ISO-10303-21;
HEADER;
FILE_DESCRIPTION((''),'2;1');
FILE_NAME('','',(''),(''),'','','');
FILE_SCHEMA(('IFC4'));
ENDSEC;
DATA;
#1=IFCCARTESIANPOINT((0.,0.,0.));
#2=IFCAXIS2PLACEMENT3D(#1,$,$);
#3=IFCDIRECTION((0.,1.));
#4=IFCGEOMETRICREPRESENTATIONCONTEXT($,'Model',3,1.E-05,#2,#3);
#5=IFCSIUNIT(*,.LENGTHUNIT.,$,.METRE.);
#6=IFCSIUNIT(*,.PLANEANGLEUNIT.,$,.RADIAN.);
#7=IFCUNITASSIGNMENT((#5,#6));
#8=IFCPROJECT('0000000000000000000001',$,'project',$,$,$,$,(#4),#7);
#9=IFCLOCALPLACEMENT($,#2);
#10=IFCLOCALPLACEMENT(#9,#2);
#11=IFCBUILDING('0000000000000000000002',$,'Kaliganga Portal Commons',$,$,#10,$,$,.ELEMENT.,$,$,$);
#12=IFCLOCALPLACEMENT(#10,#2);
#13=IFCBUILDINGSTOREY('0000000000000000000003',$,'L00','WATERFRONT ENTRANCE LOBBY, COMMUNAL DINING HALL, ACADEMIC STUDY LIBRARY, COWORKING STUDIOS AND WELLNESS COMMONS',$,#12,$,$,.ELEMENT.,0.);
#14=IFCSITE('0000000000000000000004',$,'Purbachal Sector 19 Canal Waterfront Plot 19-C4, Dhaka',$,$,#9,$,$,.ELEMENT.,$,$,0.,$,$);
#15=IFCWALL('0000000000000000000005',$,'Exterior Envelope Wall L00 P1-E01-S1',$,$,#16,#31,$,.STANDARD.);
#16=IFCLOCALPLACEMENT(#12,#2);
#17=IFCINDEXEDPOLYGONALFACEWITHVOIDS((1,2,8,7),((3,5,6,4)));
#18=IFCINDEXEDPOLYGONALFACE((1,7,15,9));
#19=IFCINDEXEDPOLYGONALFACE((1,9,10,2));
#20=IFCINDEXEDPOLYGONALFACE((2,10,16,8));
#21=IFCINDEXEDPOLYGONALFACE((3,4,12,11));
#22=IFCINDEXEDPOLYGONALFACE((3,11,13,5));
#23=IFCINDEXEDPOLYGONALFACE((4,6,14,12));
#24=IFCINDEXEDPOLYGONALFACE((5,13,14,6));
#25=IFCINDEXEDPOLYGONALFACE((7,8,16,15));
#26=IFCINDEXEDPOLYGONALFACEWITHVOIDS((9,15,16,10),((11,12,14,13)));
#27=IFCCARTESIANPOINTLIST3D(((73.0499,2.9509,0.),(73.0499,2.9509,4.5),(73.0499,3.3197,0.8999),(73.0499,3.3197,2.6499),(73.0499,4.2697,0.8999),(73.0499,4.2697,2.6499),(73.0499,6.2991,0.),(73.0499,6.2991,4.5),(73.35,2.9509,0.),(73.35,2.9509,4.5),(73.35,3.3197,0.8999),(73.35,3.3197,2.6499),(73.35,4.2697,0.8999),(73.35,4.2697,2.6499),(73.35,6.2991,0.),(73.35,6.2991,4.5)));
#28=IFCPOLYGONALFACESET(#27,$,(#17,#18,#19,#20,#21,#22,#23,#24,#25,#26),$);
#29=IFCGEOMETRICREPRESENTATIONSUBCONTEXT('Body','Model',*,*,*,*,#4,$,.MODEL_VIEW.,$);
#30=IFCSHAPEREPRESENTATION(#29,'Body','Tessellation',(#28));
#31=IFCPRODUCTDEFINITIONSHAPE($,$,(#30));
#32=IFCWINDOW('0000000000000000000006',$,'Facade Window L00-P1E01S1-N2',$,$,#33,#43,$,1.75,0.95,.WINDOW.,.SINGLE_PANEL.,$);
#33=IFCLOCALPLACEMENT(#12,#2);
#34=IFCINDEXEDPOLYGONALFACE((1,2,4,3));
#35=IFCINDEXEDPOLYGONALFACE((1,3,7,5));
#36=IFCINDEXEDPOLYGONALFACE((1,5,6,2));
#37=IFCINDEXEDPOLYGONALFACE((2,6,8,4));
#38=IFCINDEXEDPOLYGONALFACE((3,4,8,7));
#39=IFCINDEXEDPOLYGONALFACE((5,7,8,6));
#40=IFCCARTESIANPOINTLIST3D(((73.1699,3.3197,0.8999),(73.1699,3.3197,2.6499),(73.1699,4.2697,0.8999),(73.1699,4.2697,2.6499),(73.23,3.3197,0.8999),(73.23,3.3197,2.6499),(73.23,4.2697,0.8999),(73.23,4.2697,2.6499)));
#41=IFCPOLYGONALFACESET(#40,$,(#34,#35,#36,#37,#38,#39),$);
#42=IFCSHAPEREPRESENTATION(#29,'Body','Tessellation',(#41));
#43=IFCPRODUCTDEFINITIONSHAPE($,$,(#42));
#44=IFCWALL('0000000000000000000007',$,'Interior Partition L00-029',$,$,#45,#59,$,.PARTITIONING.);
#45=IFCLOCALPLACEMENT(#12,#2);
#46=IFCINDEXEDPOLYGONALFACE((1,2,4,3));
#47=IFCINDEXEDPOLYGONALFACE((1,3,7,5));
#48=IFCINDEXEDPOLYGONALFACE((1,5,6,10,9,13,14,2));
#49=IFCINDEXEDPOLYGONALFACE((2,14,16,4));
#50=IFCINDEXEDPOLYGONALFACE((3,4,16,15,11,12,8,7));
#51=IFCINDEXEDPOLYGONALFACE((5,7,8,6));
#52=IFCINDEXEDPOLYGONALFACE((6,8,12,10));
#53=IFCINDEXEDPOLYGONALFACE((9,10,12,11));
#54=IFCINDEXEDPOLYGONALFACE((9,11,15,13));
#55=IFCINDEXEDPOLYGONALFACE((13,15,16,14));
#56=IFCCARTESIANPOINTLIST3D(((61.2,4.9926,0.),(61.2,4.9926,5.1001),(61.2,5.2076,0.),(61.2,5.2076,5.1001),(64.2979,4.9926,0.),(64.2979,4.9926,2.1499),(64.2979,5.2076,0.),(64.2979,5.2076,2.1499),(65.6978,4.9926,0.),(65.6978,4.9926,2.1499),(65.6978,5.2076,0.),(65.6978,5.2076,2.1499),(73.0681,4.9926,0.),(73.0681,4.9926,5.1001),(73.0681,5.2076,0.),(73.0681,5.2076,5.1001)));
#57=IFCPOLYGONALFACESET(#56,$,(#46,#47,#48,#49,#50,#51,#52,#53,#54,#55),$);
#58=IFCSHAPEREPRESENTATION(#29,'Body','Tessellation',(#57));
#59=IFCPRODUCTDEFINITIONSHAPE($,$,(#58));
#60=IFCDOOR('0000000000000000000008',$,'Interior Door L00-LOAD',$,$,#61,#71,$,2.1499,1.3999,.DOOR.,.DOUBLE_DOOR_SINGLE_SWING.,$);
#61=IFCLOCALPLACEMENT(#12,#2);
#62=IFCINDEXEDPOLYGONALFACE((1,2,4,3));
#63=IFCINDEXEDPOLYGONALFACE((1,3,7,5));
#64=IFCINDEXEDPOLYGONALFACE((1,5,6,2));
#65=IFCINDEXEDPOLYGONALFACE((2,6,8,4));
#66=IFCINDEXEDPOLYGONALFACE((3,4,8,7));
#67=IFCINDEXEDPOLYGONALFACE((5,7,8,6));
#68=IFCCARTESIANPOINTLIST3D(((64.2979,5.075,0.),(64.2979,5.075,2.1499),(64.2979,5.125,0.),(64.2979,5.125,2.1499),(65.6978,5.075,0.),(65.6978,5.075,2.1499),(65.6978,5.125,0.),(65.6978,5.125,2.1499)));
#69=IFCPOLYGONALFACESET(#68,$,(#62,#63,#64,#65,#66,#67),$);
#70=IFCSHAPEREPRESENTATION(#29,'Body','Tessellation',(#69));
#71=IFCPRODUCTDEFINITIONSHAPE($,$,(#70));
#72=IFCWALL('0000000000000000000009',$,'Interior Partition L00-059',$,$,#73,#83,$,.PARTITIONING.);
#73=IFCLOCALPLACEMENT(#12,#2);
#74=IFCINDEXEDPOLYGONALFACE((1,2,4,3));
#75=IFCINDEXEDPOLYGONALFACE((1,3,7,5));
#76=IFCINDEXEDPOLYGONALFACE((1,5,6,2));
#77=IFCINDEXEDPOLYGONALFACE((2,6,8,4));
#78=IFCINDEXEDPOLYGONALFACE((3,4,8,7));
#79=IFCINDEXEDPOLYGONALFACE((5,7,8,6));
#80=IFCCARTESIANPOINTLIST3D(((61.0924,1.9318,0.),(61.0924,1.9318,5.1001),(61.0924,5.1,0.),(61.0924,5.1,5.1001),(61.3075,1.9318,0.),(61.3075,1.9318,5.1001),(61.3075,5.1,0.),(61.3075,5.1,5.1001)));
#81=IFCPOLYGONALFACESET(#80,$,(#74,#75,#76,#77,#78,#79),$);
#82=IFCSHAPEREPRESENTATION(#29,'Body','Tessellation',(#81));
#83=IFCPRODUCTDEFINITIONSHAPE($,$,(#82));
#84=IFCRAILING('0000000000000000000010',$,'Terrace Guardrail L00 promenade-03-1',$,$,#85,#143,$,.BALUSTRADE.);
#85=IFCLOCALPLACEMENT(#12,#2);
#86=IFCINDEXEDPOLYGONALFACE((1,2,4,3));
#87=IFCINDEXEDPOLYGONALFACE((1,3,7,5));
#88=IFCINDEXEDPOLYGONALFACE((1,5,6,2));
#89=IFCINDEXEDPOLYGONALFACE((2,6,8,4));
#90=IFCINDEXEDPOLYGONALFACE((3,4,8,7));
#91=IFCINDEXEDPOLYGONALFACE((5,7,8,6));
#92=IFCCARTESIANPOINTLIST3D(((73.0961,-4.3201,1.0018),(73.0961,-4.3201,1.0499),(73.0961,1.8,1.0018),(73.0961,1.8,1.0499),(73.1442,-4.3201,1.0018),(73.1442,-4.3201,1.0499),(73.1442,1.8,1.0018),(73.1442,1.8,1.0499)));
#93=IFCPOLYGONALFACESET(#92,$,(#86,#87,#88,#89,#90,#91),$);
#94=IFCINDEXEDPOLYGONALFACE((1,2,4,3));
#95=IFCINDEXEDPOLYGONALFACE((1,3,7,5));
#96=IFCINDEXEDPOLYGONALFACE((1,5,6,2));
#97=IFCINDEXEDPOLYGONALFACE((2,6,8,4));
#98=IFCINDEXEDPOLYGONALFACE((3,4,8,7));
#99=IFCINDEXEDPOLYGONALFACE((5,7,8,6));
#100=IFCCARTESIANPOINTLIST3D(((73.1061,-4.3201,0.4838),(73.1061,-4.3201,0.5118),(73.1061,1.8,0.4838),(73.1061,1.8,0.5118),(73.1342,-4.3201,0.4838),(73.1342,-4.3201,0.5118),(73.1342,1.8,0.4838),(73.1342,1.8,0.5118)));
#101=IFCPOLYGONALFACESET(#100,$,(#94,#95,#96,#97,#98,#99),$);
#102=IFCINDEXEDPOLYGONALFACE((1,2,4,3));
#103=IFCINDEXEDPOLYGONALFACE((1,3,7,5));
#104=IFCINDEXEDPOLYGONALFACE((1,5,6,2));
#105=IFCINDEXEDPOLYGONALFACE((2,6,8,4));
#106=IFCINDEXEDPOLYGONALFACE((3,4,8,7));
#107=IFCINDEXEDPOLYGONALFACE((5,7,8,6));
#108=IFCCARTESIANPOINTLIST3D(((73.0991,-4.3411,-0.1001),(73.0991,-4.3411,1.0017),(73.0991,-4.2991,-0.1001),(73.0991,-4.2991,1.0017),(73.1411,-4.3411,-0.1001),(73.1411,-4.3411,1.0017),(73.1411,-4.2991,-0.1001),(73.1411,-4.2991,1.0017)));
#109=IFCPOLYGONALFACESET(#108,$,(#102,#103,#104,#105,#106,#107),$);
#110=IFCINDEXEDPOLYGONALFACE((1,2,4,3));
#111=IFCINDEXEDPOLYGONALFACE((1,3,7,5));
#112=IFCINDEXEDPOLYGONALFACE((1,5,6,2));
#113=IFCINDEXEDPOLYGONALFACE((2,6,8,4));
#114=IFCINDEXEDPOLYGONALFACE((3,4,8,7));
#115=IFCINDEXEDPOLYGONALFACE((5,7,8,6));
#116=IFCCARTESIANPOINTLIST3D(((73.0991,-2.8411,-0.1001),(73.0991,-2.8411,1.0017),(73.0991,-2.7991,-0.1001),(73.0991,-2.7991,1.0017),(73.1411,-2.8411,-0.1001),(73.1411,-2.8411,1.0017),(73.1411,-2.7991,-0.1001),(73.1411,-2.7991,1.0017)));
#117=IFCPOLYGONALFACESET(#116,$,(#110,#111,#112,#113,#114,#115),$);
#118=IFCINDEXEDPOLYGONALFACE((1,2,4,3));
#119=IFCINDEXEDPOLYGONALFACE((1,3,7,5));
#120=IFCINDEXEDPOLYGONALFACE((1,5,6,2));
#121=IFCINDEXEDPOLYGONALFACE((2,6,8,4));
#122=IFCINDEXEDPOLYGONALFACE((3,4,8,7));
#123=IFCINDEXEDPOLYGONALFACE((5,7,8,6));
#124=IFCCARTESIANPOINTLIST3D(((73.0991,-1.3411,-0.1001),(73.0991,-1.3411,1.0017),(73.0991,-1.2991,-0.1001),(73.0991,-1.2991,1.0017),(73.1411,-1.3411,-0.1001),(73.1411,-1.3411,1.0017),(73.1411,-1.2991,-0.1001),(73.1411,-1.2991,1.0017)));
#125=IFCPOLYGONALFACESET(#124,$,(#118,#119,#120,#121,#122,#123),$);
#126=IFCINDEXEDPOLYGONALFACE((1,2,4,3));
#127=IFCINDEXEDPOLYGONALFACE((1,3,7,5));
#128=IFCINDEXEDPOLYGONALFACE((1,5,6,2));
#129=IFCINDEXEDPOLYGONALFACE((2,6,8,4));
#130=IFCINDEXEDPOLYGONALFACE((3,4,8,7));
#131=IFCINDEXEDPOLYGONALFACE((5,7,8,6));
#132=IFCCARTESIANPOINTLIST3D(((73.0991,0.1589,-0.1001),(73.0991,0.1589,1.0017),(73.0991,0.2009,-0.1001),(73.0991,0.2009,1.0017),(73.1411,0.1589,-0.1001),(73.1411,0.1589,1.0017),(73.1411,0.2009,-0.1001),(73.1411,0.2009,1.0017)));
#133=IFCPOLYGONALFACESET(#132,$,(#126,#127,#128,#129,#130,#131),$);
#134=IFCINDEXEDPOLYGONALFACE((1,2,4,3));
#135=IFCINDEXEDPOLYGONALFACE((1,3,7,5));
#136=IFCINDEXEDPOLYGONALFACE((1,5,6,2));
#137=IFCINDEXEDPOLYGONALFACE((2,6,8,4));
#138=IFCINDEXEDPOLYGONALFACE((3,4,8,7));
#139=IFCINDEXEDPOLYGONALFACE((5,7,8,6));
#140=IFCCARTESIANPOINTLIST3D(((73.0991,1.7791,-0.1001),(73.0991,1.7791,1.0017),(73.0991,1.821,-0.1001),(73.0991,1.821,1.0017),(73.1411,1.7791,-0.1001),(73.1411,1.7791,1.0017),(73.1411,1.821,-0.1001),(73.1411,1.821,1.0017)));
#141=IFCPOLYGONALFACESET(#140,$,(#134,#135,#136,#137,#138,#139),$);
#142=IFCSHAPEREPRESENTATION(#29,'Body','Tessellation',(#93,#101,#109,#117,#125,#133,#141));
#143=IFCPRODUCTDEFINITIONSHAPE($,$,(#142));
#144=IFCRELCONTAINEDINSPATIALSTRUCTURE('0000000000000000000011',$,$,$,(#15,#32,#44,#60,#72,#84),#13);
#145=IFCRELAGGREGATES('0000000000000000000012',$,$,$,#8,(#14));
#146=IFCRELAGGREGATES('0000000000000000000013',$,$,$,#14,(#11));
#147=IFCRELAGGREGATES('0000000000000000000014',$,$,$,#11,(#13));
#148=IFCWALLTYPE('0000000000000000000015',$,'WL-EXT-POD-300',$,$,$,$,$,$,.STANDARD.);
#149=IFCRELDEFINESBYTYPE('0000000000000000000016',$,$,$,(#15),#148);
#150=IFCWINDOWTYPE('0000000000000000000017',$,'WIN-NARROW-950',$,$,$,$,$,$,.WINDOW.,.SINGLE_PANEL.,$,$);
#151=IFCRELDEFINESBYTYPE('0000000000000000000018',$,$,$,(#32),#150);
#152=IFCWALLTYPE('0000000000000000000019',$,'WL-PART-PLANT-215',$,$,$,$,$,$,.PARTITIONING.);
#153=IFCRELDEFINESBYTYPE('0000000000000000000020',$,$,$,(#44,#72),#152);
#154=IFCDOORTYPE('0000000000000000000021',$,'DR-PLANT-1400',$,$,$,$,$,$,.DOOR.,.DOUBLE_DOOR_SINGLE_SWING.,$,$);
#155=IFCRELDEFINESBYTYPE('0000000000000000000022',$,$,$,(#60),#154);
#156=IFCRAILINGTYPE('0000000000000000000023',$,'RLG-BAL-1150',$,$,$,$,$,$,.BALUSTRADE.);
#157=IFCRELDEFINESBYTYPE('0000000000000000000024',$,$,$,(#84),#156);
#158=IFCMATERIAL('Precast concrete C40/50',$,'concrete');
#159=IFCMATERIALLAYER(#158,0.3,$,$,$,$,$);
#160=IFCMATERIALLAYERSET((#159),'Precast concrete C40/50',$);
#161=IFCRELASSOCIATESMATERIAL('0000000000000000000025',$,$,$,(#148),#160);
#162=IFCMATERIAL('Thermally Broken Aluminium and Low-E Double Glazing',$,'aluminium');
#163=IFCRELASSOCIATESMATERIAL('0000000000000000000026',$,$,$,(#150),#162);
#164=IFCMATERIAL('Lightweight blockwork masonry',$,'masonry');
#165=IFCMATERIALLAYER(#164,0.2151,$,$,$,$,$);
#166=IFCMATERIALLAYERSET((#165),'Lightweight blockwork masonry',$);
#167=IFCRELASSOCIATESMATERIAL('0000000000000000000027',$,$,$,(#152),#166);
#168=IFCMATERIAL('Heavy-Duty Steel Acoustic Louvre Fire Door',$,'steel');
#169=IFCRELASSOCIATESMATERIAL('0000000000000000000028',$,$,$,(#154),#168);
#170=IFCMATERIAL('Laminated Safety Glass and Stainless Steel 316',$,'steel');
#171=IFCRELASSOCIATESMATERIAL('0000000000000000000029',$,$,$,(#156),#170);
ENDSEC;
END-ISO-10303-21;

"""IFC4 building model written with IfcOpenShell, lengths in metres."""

from ifc_helpers import new_model, si_unit, direction, frame, frame_2d, origin, origin_2d, place, context, subcontext, project, spatial, rectangle, extrude, material, layer, layer_set, type_object, element, fill, save


model = new_model("IFC4")

# Units and contexts
model_context = context("Model", 3, precision=1e-05, world=origin(), true_north=direction((0.0, 1.0)))
body_context = subcontext(model_context, "Body", "Model", "MODEL_VIEW")
ifc_project = project(units=[si_unit("LENGTHUNIT", "METRE"), si_unit("PLANEANGLEUNIT", "RADIAN")], contexts=[model_context])

# Site, building, storey
site_placement = place(None, origin())
site = spatial("IfcSite", under=ifc_project, at=site_placement, Name="Purbachal Sector 19 Canal Waterfront Plot 19-C4, Dhaka", CompositionType="ELEMENT", RefElevation=0.0)
building_placement = place(site_placement, origin())
building = spatial("IfcBuilding", under=site, at=building_placement, Name="Kaliganga Portal Commons", CompositionType="ELEMENT")
storey_placement = place(building_placement, origin())
storey = spatial("IfcBuildingStorey", under=building, at=storey_placement, Name="L00", Description="WATERFRONT ENTRANCE LOBBY, COMMUNAL DINING HALL, ACADEMIC STUDY LIBRARY, COWORKING STUDIOS AND WELLNESS COMMONS", CompositionType="ELEMENT", Elevation=0.0)

# Shared definitions
ifc_material_1 = material(Name="Precast concrete C40/50", Category="concrete")
ifc_layer_1 = layer(ifc_material_1, 0.3)
ifc_layer_set_1 = layer_set([ifc_layer_1], Name="Precast concrete C40/50")
wall_type_1 = type_object("IfcWallType", Name="WL-EXT-POD-300", PredefinedType="STANDARD", material=ifc_layer_set_1)

# Wall, opening, window
ifc_material_2 = material(Name="Thermally Broken Aluminium and Low-E Double Glazing", Category="aluminium")
wall_1_placement = place(storey_placement, frame((73.2, 6.2991, 0.0), z_axis=(0.0, 0.0, 1.0), x_axis=(0.0, -1.0, 0.0)))
wall_1 = element("IfcWall", 1, at=wall_1_placement, inside=storey, type_object=wall_type_1, Name="Exterior Envelope Wall L00 P1-E01-S1", PredefinedType="STANDARD", context=body_context, shape_type="SweptSolid", body=[
    extrude(rectangle(XDim=3.3481, YDim=0.3, at=frame_2d((1.6741, 0.0))), origin(), (0.0, 0.0, 1.0), 4.5),
])
opening_1_placement = place(wall_1_placement, frame((2.0293, 0.0, 0.8999)))
opening_1 = element("IfcOpeningElement", 2, at=opening_1_placement, cuts=wall_1, PredefinedType="OPENING", context=body_context, shape_type="SweptSolid", body=[
    extrude(rectangle(XDim=0.95, YDim=1.75, at=frame_2d((0.4751, 0.875))), frame((0.0, 0.1602, 0.0), z_axis=(0.0, -1.0, 0.0), x_axis=(1.0, 0.0, 0.0)), (0.0, 0.0, 1.0), 0.3201),
])
window_type_1 = type_object("IfcWindowType", Name="WIN-NARROW-950", PartitioningType="SINGLE_PANEL", PredefinedType="WINDOW", material=ifc_material_2)
window_1_placement = place(opening_1_placement, origin())
window_1 = element("IfcWindow", 3, at=window_1_placement, inside=storey, type_object=window_type_1, Name="Facade Window L00-P1E01S1-N2", OverallHeight=1.75, OverallWidth=0.95, PartitioningType="SINGLE_PANEL", PredefinedType="WINDOW", context=body_context, shape_type="SweptSolid", body=[
    extrude(rectangle(XDim=0.95, YDim=1.75, at=frame_2d((0.4751, 0.875))), frame((0.0, 0.03, 0.0), z_axis=(0.0, -1.0, 0.0), x_axis=(1.0, 0.0, 0.0)), (0.0, 0.0, 1.0), 0.0601),
])
fill(opening_1, window_1)

# Wall, opening, door
ifc_material_3 = material(Name="Lightweight blockwork masonry", Category="masonry")
ifc_layer_2 = layer(ifc_material_3, 0.2151)
ifc_layer_set_2 = layer_set([ifc_layer_2], Name="Lightweight blockwork masonry")
wall_type_2 = type_object("IfcWallType", Name="WL-PART-PLANT-215", PredefinedType="PARTITIONING", material=ifc_layer_set_2)
wall_2_placement = place(storey_placement, frame((61.2, 5.1001, 0.0), z_axis=(0.0, 0.0, 1.0), x_axis=(1.0, 0.0, 0.0)))
wall_2 = element("IfcWall", 4, at=wall_2_placement, inside=storey, type_object=wall_type_2, Name="Interior Partition L00-029", PredefinedType="PARTITIONING", context=body_context, shape_type="SweptSolid", body=[
    extrude(rectangle(XDim=11.8682, YDim=0.2151, at=frame_2d((5.9341, 0.0))), origin(), (0.0, 0.0, 1.0), 5.1001),
])
opening_2_placement = place(wall_2_placement, frame((3.0979, 0.0, 0.0)))
opening_2 = element("IfcOpeningElement", 5, at=opening_2_placement, cuts=wall_2, PredefinedType="OPENING", context=body_context, shape_type="SweptSolid", body=[
    extrude(rectangle(XDim=1.3999, YDim=2.1499, at=frame_2d((0.7, 1.075))), frame((0.0, 0.1177, 0.0), z_axis=(0.0, -1.0, 0.0), x_axis=(1.0, 0.0, 0.0)), (0.0, 0.0, 1.0), 0.2351),
])
ifc_material_4 = material(Name="Heavy-Duty Steel Acoustic Louvre Fire Door", Category="steel")
door_type_1 = type_object("IfcDoorType", Name="DR-PLANT-1400", OperationType="DOUBLE_DOOR_SINGLE_SWING", PredefinedType="DOOR", material=ifc_material_4)
door_1_placement = place(opening_2_placement, origin())
door_1 = element("IfcDoor", 6, at=door_1_placement, inside=storey, type_object=door_type_1, Name="Interior Door L00-LOAD", OperationType="DOUBLE_DOOR_SINGLE_SWING", OverallHeight=2.1499, OverallWidth=1.3999, PredefinedType="DOOR", context=body_context, shape_type="SweptSolid", body=[
    extrude(rectangle(XDim=1.3999, YDim=2.1499, at=frame_2d((0.7, 1.075))), frame((0.0, 0.0249, 0.0), z_axis=(0.0, -1.0, 0.0), x_axis=(1.0, 0.0, 0.0)), (0.0, 0.0, 1.0), 0.05),
])
fill(opening_2, door_1)

# Wall
wall_3_placement = place(storey_placement, frame((61.2, 1.9319, 0.0), z_axis=(0.0, 0.0, 1.0), x_axis=(0.0, 1.0, 0.0)))
element("IfcWall", 7, at=wall_3_placement, inside=storey, type_object=wall_type_2, Name="Interior Partition L00-059", PredefinedType="PARTITIONING", context=body_context, shape_type="SweptSolid", body=[
    extrude(rectangle(XDim=3.1682, YDim=0.2151, at=frame_2d((1.584, 0.0))), origin(), (0.0, 0.0, 1.0), 5.1001),
])

# Railing
ifc_material_5 = material(Name="Laminated Safety Glass and Stainless Steel 316", Category="steel")
railing_type = type_object("IfcRailingType", Name="RLG-BAL-1150", PredefinedType="BALUSTRADE", material=ifc_material_5)
railing_placement = place(storey_placement, frame((73.1201, -4.3201, -0.1001)))
element("IfcRailing", 8, at=railing_placement, inside=storey, type_object=railing_type, Name="Terrace Guardrail L00 promenade-03-1", PredefinedType="BALUSTRADE", context=body_context, shape_type="SweptSolid", body=[
    extrude(rectangle(XDim=0.0481, YDim=0.0481, at=origin_2d()), frame((0.0, 0.0, 1.126), z_axis=(0.0, 1.0, 0.0), x_axis=(-1.0, 0.0, 0.0)), (0.0, 0.0, 1.0), 6.1201),
    extrude(rectangle(XDim=0.0281, YDim=0.0281, at=origin_2d()), frame((0.0, 0.0, 0.5979), z_axis=(0.0, 1.0, 0.0), x_axis=(-1.0, 0.0, 0.0)), (0.0, 0.0, 1.0), 6.1201),
    extrude(rectangle(XDim=0.042, YDim=0.042, at=origin_2d()), origin(), (0.0, 0.0, 1.0), 1.1018),
    extrude(rectangle(XDim=0.042, YDim=0.042, at=origin_2d()), frame((0.0, 1.5, 0.0)), (0.0, 0.0, 1.0), 1.1018),
    extrude(rectangle(XDim=0.042, YDim=0.042, at=origin_2d()), frame((0.0, 3.0, 0.0)), (0.0, 0.0, 1.0), 1.1018),
    extrude(rectangle(XDim=0.042, YDim=0.042, at=origin_2d()), frame((0.0, 4.5, 0.0)), (0.0, 0.0, 1.0), 1.1018),
    extrude(rectangle(XDim=0.042, YDim=0.042, at=origin_2d()), frame((0.0, 6.1201, 0.0)), (0.0, 0.0, 1.0), 1.1018),
])

save(model, "model.ifc")
